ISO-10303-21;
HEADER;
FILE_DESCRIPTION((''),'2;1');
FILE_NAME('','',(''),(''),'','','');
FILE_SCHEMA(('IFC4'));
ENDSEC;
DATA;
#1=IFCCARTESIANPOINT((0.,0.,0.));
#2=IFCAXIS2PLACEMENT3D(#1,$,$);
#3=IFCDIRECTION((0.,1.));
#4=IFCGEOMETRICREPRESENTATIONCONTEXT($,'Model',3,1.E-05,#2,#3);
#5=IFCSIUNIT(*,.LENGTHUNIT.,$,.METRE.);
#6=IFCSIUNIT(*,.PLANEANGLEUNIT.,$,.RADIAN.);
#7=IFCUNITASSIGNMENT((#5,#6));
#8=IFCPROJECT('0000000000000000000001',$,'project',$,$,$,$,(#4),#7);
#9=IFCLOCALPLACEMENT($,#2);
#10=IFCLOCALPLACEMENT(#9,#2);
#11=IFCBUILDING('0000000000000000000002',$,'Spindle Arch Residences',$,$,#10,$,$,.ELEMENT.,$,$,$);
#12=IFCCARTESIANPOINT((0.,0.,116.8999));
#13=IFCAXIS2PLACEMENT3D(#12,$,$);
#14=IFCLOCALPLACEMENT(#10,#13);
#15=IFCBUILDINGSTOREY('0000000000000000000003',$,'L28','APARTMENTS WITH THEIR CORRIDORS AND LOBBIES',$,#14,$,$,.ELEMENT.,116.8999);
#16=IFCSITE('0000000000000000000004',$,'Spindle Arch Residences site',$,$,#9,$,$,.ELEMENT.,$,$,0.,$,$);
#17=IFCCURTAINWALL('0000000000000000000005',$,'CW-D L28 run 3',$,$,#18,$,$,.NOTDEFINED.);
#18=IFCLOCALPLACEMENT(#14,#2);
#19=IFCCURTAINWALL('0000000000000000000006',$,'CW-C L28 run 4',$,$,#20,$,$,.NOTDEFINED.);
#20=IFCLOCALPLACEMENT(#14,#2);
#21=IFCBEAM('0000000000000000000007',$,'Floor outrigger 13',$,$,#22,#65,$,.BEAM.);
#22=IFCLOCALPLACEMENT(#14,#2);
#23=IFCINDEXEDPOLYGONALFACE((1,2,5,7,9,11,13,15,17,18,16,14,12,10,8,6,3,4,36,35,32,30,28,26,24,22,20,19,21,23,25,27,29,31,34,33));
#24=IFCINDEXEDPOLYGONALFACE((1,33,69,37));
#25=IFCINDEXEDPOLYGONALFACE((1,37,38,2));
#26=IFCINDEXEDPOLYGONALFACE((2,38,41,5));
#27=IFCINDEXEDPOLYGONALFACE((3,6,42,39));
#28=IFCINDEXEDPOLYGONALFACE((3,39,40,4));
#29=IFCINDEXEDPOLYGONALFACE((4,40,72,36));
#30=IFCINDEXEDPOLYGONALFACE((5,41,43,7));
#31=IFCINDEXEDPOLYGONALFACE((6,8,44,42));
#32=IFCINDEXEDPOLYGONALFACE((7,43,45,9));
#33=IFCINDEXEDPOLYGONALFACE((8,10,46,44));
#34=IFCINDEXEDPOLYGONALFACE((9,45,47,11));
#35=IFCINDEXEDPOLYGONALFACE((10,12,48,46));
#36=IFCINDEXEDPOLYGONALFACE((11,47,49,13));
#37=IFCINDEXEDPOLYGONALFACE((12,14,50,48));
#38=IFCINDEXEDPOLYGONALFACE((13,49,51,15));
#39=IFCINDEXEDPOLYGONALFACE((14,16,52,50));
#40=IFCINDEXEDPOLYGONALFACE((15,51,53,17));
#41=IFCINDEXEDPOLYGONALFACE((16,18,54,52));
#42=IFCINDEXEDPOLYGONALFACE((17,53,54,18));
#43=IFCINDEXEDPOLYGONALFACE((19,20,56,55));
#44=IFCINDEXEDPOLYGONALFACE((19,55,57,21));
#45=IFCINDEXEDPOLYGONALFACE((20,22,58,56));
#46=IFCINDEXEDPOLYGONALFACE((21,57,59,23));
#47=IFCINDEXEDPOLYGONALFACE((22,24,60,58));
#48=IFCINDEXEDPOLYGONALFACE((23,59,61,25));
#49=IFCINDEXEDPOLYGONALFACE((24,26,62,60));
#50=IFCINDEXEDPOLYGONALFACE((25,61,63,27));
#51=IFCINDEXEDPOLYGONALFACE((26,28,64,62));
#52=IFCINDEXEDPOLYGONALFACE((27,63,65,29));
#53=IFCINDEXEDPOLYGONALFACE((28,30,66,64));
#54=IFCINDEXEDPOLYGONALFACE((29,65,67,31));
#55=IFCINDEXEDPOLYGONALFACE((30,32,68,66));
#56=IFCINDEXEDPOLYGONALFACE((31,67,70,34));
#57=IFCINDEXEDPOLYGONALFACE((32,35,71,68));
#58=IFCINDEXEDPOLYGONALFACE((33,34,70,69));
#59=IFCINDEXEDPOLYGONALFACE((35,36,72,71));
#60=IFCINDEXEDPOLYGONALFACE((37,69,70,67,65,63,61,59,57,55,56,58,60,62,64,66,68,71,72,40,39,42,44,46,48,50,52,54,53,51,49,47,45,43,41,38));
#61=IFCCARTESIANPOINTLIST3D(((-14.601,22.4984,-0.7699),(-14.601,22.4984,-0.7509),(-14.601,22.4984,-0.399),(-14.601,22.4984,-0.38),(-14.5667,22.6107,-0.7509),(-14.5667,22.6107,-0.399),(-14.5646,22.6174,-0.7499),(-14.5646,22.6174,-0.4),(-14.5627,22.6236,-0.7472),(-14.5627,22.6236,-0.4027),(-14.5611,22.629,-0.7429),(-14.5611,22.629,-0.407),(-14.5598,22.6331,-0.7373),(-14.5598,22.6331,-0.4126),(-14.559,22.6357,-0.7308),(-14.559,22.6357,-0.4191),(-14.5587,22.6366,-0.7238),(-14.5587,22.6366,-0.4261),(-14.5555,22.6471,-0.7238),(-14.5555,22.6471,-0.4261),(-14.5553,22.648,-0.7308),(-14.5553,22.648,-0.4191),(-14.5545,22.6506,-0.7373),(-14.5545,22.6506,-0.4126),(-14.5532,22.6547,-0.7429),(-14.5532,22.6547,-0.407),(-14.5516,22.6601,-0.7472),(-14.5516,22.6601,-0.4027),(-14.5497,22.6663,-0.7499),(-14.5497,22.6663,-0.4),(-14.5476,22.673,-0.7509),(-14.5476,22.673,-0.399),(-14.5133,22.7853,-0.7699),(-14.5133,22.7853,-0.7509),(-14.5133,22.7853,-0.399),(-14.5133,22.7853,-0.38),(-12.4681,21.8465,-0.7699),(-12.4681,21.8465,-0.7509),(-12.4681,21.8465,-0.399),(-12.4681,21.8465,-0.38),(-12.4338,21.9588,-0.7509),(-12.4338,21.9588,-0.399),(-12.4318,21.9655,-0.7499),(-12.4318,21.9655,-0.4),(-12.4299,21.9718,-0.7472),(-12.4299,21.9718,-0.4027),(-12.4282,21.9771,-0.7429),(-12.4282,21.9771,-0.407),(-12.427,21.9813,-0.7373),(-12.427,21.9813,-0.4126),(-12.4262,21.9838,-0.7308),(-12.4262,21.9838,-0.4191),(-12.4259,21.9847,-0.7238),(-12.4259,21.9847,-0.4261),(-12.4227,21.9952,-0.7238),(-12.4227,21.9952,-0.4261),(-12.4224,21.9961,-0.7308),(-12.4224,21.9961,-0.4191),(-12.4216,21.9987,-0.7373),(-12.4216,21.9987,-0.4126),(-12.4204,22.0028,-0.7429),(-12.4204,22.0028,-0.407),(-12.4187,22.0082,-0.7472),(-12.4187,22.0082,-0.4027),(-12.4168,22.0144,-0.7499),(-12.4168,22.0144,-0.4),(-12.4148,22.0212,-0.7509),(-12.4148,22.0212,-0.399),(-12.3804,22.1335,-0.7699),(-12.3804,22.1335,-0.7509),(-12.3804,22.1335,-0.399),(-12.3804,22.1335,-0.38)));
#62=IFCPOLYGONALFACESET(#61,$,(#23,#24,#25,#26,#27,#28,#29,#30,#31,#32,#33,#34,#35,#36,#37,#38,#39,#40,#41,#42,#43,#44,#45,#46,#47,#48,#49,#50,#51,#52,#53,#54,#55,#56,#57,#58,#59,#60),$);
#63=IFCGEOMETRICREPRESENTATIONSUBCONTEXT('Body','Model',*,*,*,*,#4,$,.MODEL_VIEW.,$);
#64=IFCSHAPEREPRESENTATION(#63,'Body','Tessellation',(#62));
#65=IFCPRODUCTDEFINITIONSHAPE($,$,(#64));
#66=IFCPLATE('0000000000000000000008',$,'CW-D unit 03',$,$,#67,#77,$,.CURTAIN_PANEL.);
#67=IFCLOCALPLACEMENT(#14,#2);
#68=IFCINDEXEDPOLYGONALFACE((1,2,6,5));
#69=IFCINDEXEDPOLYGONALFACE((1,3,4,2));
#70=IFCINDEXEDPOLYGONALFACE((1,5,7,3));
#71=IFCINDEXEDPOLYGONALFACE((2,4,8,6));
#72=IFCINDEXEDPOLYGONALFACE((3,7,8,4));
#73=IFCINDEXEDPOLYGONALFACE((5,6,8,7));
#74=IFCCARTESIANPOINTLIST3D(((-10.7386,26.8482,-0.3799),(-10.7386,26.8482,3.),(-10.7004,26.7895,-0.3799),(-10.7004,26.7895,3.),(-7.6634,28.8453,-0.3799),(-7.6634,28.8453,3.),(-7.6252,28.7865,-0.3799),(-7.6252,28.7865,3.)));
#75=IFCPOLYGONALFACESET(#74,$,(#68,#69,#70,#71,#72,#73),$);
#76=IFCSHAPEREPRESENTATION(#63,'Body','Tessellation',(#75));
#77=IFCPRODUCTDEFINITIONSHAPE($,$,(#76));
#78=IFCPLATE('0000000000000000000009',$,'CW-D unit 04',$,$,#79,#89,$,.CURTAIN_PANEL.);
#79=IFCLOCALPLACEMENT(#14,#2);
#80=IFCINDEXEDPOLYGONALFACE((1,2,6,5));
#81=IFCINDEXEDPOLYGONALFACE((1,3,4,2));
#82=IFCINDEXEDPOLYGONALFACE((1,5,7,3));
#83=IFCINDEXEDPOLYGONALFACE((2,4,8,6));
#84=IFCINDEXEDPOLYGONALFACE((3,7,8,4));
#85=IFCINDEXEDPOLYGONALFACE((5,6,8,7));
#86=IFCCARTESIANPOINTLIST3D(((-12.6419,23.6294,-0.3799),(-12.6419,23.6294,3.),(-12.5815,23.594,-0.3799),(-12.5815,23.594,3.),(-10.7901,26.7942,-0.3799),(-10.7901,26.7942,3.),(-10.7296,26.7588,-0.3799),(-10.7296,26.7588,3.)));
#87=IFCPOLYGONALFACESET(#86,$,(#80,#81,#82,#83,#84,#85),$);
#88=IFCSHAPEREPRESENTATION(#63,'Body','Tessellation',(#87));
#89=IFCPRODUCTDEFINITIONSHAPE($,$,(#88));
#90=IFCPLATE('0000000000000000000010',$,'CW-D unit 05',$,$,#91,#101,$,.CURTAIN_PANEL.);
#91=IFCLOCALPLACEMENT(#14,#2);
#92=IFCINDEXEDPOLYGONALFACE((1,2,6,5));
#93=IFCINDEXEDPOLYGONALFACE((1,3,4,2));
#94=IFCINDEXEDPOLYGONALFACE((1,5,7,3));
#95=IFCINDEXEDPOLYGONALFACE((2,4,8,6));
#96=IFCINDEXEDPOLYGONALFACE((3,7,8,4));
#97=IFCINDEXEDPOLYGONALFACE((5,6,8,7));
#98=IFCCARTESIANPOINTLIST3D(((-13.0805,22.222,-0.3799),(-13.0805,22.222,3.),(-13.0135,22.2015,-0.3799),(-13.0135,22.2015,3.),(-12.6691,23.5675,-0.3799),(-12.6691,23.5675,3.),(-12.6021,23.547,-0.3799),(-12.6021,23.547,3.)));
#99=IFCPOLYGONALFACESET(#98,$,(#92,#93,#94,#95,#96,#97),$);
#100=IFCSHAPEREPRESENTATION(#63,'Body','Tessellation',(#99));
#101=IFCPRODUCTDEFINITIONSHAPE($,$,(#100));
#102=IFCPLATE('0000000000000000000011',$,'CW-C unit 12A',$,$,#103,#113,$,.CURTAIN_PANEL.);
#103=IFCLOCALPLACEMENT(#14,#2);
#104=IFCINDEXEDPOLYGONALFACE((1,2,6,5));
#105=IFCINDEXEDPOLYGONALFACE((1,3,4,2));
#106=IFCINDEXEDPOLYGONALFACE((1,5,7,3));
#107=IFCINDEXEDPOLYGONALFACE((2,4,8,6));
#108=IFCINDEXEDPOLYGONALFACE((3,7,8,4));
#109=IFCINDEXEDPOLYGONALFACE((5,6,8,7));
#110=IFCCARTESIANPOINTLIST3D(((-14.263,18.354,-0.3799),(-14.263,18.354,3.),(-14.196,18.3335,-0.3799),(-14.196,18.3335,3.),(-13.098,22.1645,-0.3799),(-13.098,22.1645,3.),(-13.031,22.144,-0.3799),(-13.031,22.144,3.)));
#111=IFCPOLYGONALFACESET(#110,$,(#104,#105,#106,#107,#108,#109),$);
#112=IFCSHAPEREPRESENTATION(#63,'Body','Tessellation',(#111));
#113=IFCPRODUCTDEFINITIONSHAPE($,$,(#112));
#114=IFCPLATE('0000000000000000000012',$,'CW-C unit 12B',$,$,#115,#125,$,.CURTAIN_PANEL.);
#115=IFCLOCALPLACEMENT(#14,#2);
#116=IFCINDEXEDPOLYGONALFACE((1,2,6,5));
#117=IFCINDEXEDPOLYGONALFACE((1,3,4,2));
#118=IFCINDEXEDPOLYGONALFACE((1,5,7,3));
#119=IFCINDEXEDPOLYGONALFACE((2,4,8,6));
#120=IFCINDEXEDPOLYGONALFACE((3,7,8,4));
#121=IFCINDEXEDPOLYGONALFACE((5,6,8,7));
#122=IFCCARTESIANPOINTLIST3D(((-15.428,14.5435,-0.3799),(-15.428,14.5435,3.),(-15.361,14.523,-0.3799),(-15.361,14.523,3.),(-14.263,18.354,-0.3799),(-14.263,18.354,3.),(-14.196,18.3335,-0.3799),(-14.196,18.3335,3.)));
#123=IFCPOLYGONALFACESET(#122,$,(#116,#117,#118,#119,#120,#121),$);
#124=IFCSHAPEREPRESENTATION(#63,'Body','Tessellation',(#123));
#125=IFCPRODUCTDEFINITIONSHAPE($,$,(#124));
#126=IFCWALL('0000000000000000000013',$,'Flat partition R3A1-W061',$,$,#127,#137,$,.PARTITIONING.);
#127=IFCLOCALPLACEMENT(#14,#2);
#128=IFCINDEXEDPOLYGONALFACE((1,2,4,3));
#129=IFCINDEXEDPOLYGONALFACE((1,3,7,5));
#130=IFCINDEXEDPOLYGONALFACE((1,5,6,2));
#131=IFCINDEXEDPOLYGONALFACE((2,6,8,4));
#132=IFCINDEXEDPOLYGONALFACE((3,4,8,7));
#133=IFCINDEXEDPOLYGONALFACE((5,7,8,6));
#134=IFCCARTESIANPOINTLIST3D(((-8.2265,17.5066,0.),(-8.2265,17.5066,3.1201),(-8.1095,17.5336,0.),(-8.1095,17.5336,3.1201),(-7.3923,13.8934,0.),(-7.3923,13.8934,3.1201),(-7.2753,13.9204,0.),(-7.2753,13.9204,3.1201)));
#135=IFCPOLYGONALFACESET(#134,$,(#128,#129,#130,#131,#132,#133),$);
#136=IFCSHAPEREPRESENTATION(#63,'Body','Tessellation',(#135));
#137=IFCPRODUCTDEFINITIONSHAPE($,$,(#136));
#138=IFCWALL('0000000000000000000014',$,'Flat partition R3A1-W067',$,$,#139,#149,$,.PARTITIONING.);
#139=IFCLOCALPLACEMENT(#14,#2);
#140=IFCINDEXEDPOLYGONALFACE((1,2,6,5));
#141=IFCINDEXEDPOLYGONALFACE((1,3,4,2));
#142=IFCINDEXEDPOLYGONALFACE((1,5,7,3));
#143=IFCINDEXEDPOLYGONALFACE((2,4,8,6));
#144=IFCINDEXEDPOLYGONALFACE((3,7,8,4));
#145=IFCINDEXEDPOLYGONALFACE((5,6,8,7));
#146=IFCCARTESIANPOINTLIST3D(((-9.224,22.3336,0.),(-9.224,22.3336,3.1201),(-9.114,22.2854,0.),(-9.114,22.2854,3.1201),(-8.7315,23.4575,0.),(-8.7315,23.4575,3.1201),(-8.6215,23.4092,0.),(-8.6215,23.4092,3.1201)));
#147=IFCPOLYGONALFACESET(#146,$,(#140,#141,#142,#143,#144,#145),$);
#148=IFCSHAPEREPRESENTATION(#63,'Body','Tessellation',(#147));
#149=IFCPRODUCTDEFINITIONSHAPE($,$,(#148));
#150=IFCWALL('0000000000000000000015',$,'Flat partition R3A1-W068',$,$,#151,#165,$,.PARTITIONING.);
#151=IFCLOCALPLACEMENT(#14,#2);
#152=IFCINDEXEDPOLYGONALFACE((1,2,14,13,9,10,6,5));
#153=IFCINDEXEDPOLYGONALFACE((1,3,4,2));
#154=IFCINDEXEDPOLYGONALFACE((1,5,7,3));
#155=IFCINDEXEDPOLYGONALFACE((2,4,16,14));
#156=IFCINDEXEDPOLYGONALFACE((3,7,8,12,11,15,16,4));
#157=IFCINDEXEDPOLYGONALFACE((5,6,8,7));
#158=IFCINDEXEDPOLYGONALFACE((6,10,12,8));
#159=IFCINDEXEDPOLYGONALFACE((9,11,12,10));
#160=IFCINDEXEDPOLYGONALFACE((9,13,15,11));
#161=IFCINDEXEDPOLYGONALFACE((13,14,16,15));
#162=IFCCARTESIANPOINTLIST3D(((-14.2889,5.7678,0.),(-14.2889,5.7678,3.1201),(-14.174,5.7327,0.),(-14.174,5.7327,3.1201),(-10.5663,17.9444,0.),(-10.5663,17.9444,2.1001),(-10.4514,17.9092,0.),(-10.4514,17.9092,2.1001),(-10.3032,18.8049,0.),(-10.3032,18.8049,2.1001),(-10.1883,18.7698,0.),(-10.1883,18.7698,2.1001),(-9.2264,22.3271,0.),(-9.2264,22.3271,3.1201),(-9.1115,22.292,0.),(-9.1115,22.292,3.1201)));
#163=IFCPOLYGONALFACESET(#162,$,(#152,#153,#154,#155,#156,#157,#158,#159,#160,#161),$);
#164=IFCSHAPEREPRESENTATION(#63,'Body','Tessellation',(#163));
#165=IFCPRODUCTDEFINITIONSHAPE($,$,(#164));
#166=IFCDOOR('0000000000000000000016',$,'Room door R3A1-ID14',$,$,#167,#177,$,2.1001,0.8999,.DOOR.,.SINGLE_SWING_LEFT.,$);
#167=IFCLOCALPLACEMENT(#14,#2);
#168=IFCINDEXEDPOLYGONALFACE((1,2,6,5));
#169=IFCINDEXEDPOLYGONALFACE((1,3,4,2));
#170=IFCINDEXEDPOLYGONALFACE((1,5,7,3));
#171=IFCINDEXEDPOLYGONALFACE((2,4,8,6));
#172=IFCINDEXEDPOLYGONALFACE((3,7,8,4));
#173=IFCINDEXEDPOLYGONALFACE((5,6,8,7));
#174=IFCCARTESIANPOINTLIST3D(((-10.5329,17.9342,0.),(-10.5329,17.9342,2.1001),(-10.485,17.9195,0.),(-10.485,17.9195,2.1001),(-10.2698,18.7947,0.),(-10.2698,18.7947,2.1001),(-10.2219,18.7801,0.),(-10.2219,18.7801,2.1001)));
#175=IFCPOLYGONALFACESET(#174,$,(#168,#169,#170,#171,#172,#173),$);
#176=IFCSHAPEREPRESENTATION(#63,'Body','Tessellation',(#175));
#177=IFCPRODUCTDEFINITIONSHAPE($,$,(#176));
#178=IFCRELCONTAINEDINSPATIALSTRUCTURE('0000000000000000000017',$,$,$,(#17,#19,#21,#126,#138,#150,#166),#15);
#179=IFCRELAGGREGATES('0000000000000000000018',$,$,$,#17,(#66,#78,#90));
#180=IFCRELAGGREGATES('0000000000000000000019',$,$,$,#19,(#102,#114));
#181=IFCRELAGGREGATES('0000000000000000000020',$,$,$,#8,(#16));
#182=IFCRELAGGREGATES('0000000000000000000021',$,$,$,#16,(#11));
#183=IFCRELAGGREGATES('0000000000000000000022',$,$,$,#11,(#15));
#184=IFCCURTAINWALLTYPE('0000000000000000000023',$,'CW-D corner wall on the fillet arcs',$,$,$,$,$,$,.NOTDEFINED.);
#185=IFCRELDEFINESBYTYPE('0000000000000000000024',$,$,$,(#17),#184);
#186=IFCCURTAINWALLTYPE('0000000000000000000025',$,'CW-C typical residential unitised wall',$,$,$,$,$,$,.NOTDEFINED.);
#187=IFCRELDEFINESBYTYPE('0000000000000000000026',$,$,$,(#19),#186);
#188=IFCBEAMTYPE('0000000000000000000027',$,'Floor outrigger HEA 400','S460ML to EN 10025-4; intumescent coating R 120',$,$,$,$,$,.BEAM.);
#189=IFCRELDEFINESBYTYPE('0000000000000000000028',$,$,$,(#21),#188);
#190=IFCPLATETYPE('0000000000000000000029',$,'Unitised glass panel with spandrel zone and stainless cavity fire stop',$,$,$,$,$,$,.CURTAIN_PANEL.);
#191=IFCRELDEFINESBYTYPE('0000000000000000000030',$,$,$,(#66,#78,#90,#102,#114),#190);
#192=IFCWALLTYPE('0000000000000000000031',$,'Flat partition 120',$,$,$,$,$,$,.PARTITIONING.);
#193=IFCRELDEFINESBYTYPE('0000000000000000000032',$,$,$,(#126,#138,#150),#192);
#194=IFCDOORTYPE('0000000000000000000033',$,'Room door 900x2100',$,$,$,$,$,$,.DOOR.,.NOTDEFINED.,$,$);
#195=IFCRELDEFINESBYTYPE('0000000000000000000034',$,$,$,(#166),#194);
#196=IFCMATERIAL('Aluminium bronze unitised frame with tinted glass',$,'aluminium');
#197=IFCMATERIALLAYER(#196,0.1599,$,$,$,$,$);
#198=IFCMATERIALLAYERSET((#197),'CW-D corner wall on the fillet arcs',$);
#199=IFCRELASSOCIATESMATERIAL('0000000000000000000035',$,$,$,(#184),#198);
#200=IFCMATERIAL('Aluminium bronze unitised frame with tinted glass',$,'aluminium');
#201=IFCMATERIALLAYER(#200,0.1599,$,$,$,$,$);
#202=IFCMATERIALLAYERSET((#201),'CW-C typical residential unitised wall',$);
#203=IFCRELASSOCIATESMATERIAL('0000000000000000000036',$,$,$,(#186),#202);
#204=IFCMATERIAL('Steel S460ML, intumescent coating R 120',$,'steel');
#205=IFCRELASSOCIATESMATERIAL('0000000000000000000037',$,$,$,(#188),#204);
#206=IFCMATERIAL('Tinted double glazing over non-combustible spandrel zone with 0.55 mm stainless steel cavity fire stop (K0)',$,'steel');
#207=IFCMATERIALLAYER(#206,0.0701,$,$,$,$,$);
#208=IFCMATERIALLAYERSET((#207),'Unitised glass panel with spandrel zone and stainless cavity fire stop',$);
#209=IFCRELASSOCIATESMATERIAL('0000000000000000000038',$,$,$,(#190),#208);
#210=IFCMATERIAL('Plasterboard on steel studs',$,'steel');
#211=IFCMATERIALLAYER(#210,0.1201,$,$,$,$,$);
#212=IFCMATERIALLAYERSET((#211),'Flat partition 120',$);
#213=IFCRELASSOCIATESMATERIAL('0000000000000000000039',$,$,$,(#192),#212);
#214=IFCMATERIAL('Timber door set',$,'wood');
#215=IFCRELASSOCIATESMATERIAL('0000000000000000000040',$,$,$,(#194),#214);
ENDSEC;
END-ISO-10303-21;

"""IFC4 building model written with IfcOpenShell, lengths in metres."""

from ifc_helpers import new_model, si_unit, direction, frame, frame_2d, origin, origin_2d, place, context, subcontext, project, spatial, rectangle, i_section, extrude, material, layer, layer_set, material_profile, profile_set, type_object, element, fill, aggregate, save


model = new_model("IFC4")

# Units and contexts
model_context = context("Model", 3, precision=1e-05, world=origin(), true_north=direction((0.0, 1.0)))
body_context = subcontext(model_context, "Body", "Model", "MODEL_VIEW")
ifc_project = project(units=[si_unit("LENGTHUNIT", "METRE"), si_unit("PLANEANGLEUNIT", "RADIAN")], contexts=[model_context])

# Site, building, storey
site_placement = place(None, origin())
site = spatial("IfcSite", under=ifc_project, at=site_placement, Name="Spindle Arch Residences site", CompositionType="ELEMENT", RefElevation=0.0)
building_placement = place(site_placement, origin())
building = spatial("IfcBuilding", under=site, at=building_placement, Name="Spindle Arch Residences", CompositionType="ELEMENT")
storey_placement = place(building_placement, frame((0.0, 0.0, 116.8999)))
storey = spatial("IfcBuildingStorey", under=building, at=storey_placement, Name="L28", Description="APARTMENTS WITH THEIR CORRIDORS AND LOBBIES", CompositionType="ELEMENT", Elevation=116.8999)

# Curtain wall
ifc_material_1 = material(Name="Aluminium bronze unitised frame with tinted glass", Category="aluminium")
ifc_layer_1 = layer(ifc_material_1, 0.1599)
ifc_layer_set_1 = layer_set([ifc_layer_1], Name="CW-D corner wall on the fillet arcs")
curtain_wall_type_1 = type_object("IfcCurtainWallType", Name="CW-D corner wall on the fillet arcs", PredefinedType="NOTDEFINED", material=ifc_layer_set_1)
curtain_wall_1_placement = place(storey_placement, origin())
curtain_wall_1 = element("IfcCurtainWall", 1, at=curtain_wall_1_placement, inside=storey, type_object=curtain_wall_type_1, Name="CW-D L28 run 3", PredefinedType="NOTDEFINED")

# Curtain wall
ifc_material_2 = material(Name="Aluminium bronze unitised frame with tinted glass", Category="aluminium")
ifc_layer_2 = layer(ifc_material_2, 0.1599)
ifc_layer_set_2 = layer_set([ifc_layer_2], Name="CW-C typical residential unitised wall")
curtain_wall_type_2 = type_object("IfcCurtainWallType", Name="CW-C typical residential unitised wall", PredefinedType="NOTDEFINED", material=ifc_layer_set_2)
curtain_wall_2_placement = place(storey_placement, origin())
curtain_wall_2 = element("IfcCurtainWall", 2, at=curtain_wall_2_placement, inside=storey, type_object=curtain_wall_type_2, Name="CW-C L28 run 4", PredefinedType="NOTDEFINED")

# Beam
ifc_material_3 = material(Name="Steel S460ML, intumescent coating R 120", Category="steel")
ifc_material_profile_1 = material_profile(ifc_material_3, i_section(OverallWidth=0.3, OverallDepth=0.3899, WebThickness=0.011, FlangeThickness=0.019, FilletRadius=0.0271, at=origin_2d()), Name="HEA 400")
ifc_profile_set_1 = profile_set([ifc_material_profile_1], Name="Steel S460ML, intumescent coating R 120")
beam_type_1 = type_object("IfcBeamType", Name="Floor outrigger HEA 400", Description="S460ML to EN 10025-4; intumescent coating R 120", PredefinedType="BEAM", material=ifc_profile_set_1)
beam_1_placement = place(storey_placement, frame((-14.5571, 22.6418, -0.575), z_axis=(0.956331, -0.292285, 0.0), x_axis=(0.292285, 0.956331, 0.0)))
element("IfcBeam", 3, at=beam_1_placement, inside=storey, type_object=beam_type_1, Name="Floor outrigger 13", PredefinedType="BEAM", context=body_context, shape_type="SweptSolid", body=[
    extrude(i_section(OverallWidth=0.3, OverallDepth=0.3899, WebThickness=0.011, FlangeThickness=0.019, FilletRadius=0.0271, at=origin_2d()), origin(), (0.0, 0.0, 1.0), 2.2302),
])

# Plates
ifc_material_4 = material(Name="Tinted double glazing over non-combustible spandrel zone with 0.55 mm stainless steel cavity fire stop (K0)", Category="steel")
ifc_layer_3 = layer(ifc_material_4, 0.0701)
ifc_layer_set_3 = layer_set([ifc_layer_3], Name="Unitised glass panel with spandrel zone and stainless cavity fire stop")
plate_type = type_object("IfcPlateType", Name="Unitised glass panel with spandrel zone and stainless cavity fire stop", PredefinedType="CURTAIN_PANEL", material=ifc_layer_set_3)
plate_1_placement = place(storey_placement, frame((-9.1819, 27.8174, -0.3799), z_axis=(0.0, 0.0, 1.0), x_axis=(-0.838671, -0.544639, 0.0)))
plate_1 = element("IfcPlate", 4, at=plate_1_placement, type_object=plate_type, Name="CW-D unit 03", PredefinedType="CURTAIN_PANEL", context=body_context, shape_type="SweptSolid", body=[
    extrude(rectangle(XDim=3.6667, YDim=0.0701, at=origin_2d()), origin(), (0.0, 0.0, 1.0), 3.3799),
])
plate_2_placement = place(storey_placement, frame((-11.6858, 25.1941, -0.3799), z_axis=(0.0, 0.0, 1.0), x_axis=(-0.50503, -0.863102, 0.0)))
plate_2 = element("IfcPlate", 5, at=plate_2_placement, type_object=plate_type, Name="CW-D unit 04", PredefinedType="CURTAIN_PANEL", context=body_context, shape_type="SweptSolid", body=[
    extrude(rectangle(XDim=3.6667, YDim=0.0701, at=origin_2d()), origin(), (0.0, 0.0, 1.0), 3.3799),
])
plate_3_placement = place(storey_placement, frame((-12.8413, 22.8845, -0.3799), z_axis=(0.0, 0.0, 1.0), x_axis=(-0.292372, -0.956305, 0.0)))
plate_3 = element("IfcPlate", 6, at=plate_3_placement, type_object=plate_type, Name="CW-D unit 05", PredefinedType="CURTAIN_PANEL", context=body_context, shape_type="SweptSolid", body=[
    extrude(rectangle(XDim=1.407, YDim=0.0701, at=origin_2d()), origin(), (0.0, 0.0, 1.0), 3.3799),
])
aggregate(curtain_wall_1, [plate_1, plate_2, plate_3])
plate_4_placement = place(storey_placement, frame((-13.647, 20.249, -0.3799), z_axis=(0.0, 0.0, 1.0), x_axis=(-0.292372, -0.956305, 0.0)))
plate_4 = element("IfcPlate", 7, at=plate_4_placement, type_object=plate_type, Name="CW-C unit 12A", PredefinedType="CURTAIN_PANEL", context=body_context, shape_type="SweptSolid", body=[
    extrude(rectangle(XDim=3.9846, YDim=0.0701, at=origin_2d()), origin(), (0.0, 0.0, 1.0), 3.3799),
])
plate_5_placement = place(storey_placement, frame((-14.812, 16.4385, -0.3799), z_axis=(0.0, 0.0, 1.0), x_axis=(-0.292372, -0.956305, 0.0)))
plate_5 = element("IfcPlate", 8, at=plate_5_placement, type_object=plate_type, Name="CW-C unit 12B", PredefinedType="CURTAIN_PANEL", context=body_context, shape_type="SweptSolid", body=[
    extrude(rectangle(XDim=3.9846, YDim=0.0701, at=origin_2d()), origin(), (0.0, 0.0, 1.0), 3.3799),
])
aggregate(curtain_wall_2, [plate_4, plate_5])

# Walls
ifc_material_5 = material(Name="Plasterboard on steel studs", Category="steel")
ifc_layer_4 = layer(ifc_material_5, 0.1201)
ifc_layer_set_4 = layer_set([ifc_layer_4], Name="Flat partition 120")
wall_type = type_object("IfcWallType", Name="Flat partition 120", PredefinedType="PARTITIONING", material=ifc_layer_set_4)
wall_1_placement = place(storey_placement, frame((-8.168, 17.52, 0.0), z_axis=(0.0, 0.0, 1.0), x_axis=(0.22496, -0.974368, 0.0)))
element("IfcWall", 9, at=wall_1_placement, inside=storey, type_object=wall_type, Name="Flat partition R3A1-W061", PredefinedType="PARTITIONING", context=body_context, shape_type="SweptSolid", body=[
    extrude(rectangle(XDim=3.7083, YDim=0.1201, at=frame_2d((1.854, 0.0))), origin(), (0.0, 0.0, 1.0), 3.1201),
])
wall_2_placement = place(storey_placement, frame((-8.6765, 23.4333, 0.0), z_axis=(0.0, 0.0, 1.0), x_axis=(-0.401351, -0.915924, 0.0)))
element("IfcWall", 10, at=wall_2_placement, inside=storey, type_object=wall_type, Name="Flat partition R3A1-W067", PredefinedType="PARTITIONING", context=body_context, shape_type="SweptSolid", body=[
    extrude(rectangle(XDim=1.2271, YDim=0.1201, at=frame_2d((0.6135, 0.0))), origin(), (0.0, 0.0, 1.0), 3.1201),
])

# Wall, opening, door
wall_3_placement = place(storey_placement, frame((-9.1689, 22.3096, 0.0), z_axis=(0.0, 0.0, 1.0), x_axis=(-0.292361, -0.956308, 0.0)))
wall_3 = element("IfcWall", 11, at=wall_3_placement, inside=storey, type_object=wall_type, Name="Flat partition R3A1-W068", PredefinedType="PARTITIONING", context=body_context, shape_type="SweptSolid", body=[
    extrude(rectangle(XDim=17.3159, YDim=0.1201, at=frame_2d((8.658, 0.0))), origin(), (0.0, 0.0, 1.0), 3.1201),
])
opening_1_placement = place(wall_3_placement, frame((3.6831, 0.0, 0.0)))
opening_1 = element("IfcOpeningElement", 12, at=opening_1_placement, cuts=wall_3, PredefinedType="OPENING", context=body_context, shape_type="SweptSolid", body=[
    extrude(rectangle(XDim=0.8999, YDim=2.1001, at=frame_2d((0.45, 1.05))), frame((0.0, 0.0701, 0.0), z_axis=(0.0, -1.0, 0.0), x_axis=(1.0, 0.0, 0.0)), (0.0, 0.0, 1.0), 0.1401),
])
ifc_material_6 = material(Name="Timber door set", Category="wood")
door_type = type_object("IfcDoorType", Name="Room door 900x2100", OperationType="NOTDEFINED", PredefinedType="DOOR", material=ifc_material_6)
door_1_placement = place(opening_1_placement, origin())
door_1 = element("IfcDoor", 13, at=door_1_placement, inside=storey, type_object=door_type, Name="Room door R3A1-ID14", OperationType="SINGLE_SWING_LEFT", OverallHeight=2.1001, OverallWidth=0.8999, PredefinedType="DOOR", context=body_context, shape_type="SweptSolid", body=[
    extrude(rectangle(XDim=0.8999, YDim=2.1001, at=frame_2d((0.45, 1.05))), frame((0.0, 0.0249, 0.0), z_axis=(0.0, -1.0, 0.0), x_axis=(1.0, 0.0, 0.0)), (0.0, 0.0, 1.0), 0.05),
])
fill(opening_1, door_1)

save(model, "model.ifc")
